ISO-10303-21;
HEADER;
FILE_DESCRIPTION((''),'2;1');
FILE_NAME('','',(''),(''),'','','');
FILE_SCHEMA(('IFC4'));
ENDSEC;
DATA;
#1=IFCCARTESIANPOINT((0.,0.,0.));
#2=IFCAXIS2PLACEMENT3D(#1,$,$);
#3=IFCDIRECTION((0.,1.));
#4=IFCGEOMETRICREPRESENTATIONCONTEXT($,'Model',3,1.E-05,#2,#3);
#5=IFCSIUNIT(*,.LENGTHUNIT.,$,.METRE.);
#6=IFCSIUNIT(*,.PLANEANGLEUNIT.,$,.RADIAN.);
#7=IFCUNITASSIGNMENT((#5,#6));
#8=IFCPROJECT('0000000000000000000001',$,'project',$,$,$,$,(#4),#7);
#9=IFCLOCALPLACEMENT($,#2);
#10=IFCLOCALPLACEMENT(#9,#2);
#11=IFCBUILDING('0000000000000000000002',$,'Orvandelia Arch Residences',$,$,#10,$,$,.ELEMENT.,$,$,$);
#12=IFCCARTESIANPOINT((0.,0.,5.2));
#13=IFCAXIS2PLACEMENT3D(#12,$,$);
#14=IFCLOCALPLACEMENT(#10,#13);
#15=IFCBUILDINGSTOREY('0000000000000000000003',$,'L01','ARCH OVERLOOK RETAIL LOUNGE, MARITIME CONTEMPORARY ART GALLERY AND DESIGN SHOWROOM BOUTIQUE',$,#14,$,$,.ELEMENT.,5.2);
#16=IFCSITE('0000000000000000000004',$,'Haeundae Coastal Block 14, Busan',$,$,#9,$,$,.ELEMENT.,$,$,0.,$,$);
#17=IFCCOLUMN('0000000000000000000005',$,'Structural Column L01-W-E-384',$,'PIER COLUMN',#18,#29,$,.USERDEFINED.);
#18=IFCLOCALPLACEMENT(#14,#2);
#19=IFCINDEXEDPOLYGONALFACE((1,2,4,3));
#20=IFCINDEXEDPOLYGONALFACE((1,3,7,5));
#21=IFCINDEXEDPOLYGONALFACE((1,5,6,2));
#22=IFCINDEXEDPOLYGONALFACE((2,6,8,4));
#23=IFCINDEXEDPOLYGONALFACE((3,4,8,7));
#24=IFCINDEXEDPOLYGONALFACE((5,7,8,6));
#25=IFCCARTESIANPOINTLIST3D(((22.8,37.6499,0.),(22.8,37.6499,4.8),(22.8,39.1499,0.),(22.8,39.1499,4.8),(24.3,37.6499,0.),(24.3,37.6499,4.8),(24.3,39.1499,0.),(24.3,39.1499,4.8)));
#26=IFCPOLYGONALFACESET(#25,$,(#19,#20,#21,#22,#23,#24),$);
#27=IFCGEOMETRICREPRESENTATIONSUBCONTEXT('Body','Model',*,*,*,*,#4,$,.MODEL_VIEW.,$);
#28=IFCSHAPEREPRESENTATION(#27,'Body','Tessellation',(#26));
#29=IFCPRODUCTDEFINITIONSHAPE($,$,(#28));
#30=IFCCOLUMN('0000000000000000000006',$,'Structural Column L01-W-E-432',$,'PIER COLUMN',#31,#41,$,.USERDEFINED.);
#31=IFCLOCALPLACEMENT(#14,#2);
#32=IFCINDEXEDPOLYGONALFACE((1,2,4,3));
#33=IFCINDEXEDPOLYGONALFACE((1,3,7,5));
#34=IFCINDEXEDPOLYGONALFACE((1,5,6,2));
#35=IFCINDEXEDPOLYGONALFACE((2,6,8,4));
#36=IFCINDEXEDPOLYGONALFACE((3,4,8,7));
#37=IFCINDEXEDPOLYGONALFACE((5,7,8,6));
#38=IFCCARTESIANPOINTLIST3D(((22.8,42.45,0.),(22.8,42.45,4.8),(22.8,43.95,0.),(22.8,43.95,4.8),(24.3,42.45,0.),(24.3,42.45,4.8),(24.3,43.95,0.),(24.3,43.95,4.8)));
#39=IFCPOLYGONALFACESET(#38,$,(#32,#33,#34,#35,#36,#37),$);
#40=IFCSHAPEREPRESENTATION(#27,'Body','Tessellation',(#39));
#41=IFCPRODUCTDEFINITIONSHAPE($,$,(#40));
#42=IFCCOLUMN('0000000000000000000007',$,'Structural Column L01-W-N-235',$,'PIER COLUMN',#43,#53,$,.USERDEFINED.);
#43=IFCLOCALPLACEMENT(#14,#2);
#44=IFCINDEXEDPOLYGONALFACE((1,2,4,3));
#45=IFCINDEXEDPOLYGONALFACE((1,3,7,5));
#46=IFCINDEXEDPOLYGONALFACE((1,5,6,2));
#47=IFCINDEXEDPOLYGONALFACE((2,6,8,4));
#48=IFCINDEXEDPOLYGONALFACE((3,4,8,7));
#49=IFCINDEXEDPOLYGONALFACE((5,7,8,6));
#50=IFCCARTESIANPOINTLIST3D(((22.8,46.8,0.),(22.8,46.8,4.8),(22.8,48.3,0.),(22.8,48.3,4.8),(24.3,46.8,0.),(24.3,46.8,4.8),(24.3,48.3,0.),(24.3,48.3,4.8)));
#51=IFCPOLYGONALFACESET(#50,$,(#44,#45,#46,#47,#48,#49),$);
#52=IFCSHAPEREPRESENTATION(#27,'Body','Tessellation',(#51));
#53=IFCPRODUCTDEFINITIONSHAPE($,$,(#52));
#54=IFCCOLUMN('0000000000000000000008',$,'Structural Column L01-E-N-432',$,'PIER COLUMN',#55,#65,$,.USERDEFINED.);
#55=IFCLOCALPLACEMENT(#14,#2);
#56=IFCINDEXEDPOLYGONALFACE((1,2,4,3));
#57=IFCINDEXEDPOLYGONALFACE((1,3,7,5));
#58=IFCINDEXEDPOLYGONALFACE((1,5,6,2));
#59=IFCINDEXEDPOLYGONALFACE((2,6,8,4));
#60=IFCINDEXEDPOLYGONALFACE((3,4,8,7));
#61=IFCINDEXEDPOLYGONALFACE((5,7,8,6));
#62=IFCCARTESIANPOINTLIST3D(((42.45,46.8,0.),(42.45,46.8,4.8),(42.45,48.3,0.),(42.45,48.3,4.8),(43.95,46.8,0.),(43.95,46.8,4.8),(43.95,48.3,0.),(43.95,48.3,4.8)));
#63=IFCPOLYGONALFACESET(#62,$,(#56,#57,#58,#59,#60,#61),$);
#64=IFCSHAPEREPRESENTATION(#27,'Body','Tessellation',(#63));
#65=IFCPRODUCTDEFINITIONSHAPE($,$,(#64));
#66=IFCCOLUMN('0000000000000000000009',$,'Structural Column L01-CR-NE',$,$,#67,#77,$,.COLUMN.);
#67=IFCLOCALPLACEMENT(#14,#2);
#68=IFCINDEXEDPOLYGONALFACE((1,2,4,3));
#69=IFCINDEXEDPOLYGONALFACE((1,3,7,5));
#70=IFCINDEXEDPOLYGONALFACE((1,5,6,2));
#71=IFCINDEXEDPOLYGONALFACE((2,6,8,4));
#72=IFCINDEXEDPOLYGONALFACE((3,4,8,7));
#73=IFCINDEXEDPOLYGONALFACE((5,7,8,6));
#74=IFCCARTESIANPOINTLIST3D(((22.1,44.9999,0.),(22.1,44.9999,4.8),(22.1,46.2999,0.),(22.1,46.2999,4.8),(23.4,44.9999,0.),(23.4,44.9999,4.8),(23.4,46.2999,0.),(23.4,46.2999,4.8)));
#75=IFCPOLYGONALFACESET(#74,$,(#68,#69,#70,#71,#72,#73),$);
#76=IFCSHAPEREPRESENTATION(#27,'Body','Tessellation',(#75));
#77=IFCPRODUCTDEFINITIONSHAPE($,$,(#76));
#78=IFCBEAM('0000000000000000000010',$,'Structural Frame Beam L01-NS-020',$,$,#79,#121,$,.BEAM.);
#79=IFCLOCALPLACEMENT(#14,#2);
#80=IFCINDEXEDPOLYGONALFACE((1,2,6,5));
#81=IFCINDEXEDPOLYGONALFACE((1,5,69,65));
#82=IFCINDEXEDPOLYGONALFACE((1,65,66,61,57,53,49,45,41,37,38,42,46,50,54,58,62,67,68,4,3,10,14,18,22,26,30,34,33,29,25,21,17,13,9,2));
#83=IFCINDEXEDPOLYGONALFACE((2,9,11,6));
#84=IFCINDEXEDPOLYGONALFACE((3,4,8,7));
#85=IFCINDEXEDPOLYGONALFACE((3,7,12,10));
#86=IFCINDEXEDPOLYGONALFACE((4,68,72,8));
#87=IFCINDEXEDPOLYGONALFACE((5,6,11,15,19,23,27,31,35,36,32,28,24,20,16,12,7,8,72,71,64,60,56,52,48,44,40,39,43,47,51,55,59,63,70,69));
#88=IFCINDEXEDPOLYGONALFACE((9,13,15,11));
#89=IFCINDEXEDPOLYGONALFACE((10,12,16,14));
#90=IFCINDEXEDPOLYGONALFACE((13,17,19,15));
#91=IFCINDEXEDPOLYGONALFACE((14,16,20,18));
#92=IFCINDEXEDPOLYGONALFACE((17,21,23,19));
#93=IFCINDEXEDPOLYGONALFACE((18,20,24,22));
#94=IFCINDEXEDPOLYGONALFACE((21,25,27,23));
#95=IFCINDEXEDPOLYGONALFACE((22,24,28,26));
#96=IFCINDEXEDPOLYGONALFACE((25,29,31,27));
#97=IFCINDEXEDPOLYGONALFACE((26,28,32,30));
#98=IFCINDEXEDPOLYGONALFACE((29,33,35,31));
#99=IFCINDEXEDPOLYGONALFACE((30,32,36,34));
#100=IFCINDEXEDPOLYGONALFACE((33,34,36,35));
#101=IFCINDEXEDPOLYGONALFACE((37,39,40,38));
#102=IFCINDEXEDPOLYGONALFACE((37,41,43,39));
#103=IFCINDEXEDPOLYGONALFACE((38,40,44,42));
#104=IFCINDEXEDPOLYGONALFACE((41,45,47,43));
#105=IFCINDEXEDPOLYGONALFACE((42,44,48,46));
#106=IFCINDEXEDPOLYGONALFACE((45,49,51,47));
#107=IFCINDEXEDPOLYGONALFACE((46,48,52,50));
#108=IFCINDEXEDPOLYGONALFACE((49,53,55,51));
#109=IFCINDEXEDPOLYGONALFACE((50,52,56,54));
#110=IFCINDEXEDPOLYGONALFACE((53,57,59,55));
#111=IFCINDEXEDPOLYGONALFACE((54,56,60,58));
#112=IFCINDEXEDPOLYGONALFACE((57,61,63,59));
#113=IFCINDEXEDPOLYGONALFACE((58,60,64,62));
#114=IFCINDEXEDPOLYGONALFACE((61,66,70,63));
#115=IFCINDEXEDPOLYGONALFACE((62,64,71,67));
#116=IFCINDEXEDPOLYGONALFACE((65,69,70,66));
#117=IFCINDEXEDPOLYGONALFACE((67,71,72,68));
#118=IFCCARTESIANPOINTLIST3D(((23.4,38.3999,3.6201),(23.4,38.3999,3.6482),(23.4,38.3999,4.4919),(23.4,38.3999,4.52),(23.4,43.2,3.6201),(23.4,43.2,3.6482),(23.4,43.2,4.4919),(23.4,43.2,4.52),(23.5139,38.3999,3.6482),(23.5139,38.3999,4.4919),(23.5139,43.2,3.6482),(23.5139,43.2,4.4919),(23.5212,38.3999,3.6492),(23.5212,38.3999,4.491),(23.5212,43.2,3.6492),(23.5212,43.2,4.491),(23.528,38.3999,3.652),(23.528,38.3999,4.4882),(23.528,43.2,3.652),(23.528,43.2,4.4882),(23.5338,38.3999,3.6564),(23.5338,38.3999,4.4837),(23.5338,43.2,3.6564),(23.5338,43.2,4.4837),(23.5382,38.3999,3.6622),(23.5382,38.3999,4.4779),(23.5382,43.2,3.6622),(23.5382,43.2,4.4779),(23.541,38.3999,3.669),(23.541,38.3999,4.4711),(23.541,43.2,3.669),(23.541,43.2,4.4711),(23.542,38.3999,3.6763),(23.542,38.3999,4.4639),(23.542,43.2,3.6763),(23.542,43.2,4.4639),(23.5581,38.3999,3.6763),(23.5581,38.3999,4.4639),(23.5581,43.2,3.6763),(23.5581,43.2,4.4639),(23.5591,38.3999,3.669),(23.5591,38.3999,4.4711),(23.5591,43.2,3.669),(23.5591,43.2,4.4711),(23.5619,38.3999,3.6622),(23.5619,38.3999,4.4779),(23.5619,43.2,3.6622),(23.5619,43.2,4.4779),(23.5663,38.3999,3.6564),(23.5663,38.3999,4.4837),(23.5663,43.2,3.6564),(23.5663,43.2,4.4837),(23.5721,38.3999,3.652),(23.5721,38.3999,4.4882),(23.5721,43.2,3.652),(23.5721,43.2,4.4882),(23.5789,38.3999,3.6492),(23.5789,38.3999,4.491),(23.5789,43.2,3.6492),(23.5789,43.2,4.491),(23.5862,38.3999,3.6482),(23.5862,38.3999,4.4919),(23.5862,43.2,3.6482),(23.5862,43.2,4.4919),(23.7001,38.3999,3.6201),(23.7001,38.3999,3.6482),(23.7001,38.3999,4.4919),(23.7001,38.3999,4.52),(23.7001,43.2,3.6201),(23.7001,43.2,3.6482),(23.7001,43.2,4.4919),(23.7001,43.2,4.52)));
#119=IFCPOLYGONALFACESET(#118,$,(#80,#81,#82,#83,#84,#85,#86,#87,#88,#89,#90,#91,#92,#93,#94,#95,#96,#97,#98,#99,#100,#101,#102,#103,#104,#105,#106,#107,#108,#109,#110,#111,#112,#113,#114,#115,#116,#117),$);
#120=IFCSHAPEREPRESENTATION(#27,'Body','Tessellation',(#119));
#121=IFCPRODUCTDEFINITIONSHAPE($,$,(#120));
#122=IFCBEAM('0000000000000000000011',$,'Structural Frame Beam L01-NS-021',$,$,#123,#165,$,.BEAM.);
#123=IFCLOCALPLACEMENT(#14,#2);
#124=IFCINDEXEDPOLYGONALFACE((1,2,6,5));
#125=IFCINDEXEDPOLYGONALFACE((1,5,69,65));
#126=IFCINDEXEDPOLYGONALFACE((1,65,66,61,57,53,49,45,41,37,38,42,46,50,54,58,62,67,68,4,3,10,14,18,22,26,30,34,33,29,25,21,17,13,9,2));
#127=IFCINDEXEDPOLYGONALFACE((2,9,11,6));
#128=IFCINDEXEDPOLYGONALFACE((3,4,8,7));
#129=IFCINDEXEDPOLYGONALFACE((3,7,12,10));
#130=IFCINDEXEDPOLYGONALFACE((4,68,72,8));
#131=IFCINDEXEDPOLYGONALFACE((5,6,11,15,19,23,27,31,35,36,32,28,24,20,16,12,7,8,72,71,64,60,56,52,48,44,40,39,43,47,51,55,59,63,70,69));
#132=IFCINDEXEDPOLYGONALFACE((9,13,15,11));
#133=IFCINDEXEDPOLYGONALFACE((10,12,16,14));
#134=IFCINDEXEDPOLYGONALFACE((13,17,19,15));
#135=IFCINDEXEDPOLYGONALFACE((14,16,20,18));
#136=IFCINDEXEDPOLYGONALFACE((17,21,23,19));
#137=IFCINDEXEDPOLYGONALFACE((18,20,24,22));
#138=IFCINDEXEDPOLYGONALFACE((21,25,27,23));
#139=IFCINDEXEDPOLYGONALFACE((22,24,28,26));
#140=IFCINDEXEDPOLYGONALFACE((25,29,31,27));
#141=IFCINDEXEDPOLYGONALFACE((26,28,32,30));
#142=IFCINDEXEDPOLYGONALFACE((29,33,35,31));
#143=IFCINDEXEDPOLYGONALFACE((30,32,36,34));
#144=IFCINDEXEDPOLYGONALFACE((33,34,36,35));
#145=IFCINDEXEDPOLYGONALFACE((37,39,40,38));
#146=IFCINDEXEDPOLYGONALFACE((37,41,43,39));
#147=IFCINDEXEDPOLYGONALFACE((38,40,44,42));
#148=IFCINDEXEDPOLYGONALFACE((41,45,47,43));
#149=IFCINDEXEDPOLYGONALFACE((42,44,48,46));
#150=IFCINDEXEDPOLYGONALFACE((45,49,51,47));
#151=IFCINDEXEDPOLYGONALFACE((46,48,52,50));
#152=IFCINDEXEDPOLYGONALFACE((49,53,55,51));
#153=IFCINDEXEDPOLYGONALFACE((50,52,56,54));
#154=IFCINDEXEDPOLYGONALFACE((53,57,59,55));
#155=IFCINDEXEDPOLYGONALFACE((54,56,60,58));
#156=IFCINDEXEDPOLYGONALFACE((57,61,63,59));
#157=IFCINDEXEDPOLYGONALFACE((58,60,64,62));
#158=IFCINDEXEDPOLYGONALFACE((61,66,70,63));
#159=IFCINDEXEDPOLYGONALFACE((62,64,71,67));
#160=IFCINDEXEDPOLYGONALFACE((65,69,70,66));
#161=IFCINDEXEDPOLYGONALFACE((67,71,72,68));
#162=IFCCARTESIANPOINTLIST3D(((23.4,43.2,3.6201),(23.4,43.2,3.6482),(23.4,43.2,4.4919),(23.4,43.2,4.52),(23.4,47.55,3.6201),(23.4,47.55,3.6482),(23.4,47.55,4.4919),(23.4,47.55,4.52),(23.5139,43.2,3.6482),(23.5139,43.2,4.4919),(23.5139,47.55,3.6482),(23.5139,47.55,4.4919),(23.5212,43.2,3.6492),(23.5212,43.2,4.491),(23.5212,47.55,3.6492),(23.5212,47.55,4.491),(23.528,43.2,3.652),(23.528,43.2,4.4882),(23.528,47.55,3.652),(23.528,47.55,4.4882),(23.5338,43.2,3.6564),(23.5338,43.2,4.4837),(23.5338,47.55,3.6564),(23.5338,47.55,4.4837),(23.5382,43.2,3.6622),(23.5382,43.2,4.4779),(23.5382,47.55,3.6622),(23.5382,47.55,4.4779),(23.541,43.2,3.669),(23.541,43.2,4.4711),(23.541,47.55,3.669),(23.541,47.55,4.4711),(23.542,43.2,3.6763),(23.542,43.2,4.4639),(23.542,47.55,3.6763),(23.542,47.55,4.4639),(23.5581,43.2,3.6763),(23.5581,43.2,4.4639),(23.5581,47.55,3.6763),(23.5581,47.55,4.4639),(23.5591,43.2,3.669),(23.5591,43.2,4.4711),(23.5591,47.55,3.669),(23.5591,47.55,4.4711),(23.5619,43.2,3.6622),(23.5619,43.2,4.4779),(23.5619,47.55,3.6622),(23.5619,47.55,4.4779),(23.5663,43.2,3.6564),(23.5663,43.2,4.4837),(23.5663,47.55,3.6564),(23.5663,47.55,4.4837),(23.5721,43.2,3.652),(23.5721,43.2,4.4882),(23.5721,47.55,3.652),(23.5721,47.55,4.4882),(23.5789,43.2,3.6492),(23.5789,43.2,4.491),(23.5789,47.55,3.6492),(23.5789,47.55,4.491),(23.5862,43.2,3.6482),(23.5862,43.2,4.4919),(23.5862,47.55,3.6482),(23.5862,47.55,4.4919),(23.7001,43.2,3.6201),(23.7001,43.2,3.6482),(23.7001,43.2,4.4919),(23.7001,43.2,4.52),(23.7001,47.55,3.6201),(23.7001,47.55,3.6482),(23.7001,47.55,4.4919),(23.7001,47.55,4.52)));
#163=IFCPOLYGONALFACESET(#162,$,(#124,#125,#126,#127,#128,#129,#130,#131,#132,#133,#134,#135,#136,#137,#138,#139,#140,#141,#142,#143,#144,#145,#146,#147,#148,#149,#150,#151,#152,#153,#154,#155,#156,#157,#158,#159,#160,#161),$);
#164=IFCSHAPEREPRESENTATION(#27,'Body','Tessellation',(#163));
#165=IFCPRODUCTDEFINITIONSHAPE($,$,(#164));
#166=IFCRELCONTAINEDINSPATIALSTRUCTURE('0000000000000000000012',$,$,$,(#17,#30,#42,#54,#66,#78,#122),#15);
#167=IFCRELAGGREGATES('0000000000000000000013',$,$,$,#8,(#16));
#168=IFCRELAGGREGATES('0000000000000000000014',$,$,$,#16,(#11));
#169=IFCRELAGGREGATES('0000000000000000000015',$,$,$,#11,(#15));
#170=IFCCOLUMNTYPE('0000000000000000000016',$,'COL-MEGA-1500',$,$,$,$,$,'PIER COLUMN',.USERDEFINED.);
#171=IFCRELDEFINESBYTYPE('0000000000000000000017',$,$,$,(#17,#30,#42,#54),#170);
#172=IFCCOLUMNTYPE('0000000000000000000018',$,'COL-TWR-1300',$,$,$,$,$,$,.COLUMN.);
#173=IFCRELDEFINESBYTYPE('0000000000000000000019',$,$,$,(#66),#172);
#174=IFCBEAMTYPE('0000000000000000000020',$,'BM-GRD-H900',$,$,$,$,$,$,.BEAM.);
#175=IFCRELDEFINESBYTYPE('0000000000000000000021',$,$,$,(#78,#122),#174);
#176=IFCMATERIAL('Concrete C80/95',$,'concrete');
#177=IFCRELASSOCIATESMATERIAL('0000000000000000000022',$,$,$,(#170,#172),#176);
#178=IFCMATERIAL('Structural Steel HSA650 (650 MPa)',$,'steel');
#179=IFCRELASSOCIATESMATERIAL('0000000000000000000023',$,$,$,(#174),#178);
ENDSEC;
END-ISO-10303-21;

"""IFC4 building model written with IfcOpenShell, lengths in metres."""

from ifc_helpers import new_model, si_unit, direction, frame, origin, origin_2d, place, context, subcontext, project, spatial, rectangle, i_section, extrude, material, material_profile, profile_set, type_object, element, save


model = new_model("IFC4")

# Units and contexts
model_context = context("Model", 3, precision=1e-05, world=origin(), true_north=direction((0.0, 1.0)))
body_context = subcontext(model_context, "Body", "Model", "MODEL_VIEW")
ifc_project = project(units=[si_unit("LENGTHUNIT", "METRE"), si_unit("PLANEANGLEUNIT", "RADIAN")], contexts=[model_context])

# Site, building, storey
site_placement = place(None, origin())
site = spatial("IfcSite", under=ifc_project, at=site_placement, Name="Haeundae Coastal Block 14, Busan", CompositionType="ELEMENT", RefElevation=0.0)
building_placement = place(site_placement, origin())
building = spatial("IfcBuilding", under=site, at=building_placement, Name="Orvandelia Arch Residences", CompositionType="ELEMENT")
storey_placement = place(building_placement, frame((0.0, 0.0, 5.2)))
storey = spatial("IfcBuildingStorey", under=building, at=storey_placement, Name="L01", Description="ARCH OVERLOOK RETAIL LOUNGE, MARITIME CONTEMPORARY ART GALLERY AND DESIGN SHOWROOM BOUTIQUE", CompositionType="ELEMENT", Elevation=5.2)

# Columns
ifc_material_1 = material(Name="Concrete C80/95", Category="concrete")
ifc_material_profile_1 = material_profile(ifc_material_1, rectangle(XDim=1.5, YDim=1.5, at=origin_2d()), Name="Concrete C80/95", Category="concrete")
ifc_profile_set_1 = profile_set([ifc_material_profile_1], Name="Concrete C80/95")
column_type_1 = type_object("IfcColumnType", Name="COL-MEGA-1500", ElementType="PIER COLUMN", PredefinedType="USERDEFINED", material=ifc_profile_set_1)
for number, where, z_axis, x_axis, name in (
    (1, (23.55, 38.3999, 0.0), (0.0, 0.0, 1.0), (1.0, 0.0, 0.0), "Structural Column L01-W-E-384"),
    (2, (23.55, 43.2, 0.0), (0.0, 0.0, 1.0), (1.0, 0.0, 0.0), "Structural Column L01-W-E-432"),
    (3, (23.55, 47.55, 0.0), (0.0, 0.0, 1.0), (1.0, 0.0, 0.0), "Structural Column L01-W-N-235"),
    (4, (43.2, 47.55, 0.0), (0.0, 0.0, 1.0), (1.0, 0.0, 0.0), "Structural Column L01-E-N-432"),
):
    element("IfcColumn", number, at=place(storey_placement, frame(where, z_axis=z_axis, x_axis=x_axis)), inside=storey, type_object=column_type_1, Name=name, ObjectType="PIER COLUMN", PredefinedType="USERDEFINED", context=body_context, shape_type="SweptSolid", body=[
        extrude(rectangle(XDim=1.5, YDim=1.5, at=origin_2d()), origin(), (0.0, 0.0, 1.0), 4.8),
    ])
ifc_material_profile_2 = material_profile(ifc_material_1, rectangle(XDim=1.3, YDim=1.3, at=origin_2d()), Name="Concrete C80/95", Category="concrete")
ifc_profile_set_2 = profile_set([ifc_material_profile_2], Name="Concrete C80/95")
column_type_2 = type_object("IfcColumnType", Name="COL-TWR-1300", PredefinedType="COLUMN", material=ifc_profile_set_2)
column_placement = place(storey_placement, frame((22.75, 45.6499, 0.0), z_axis=(0.0, 0.0, 1.0), x_axis=(1.0, 0.0, 0.0)))
element("IfcColumn", 5, at=column_placement, inside=storey, type_object=column_type_2, Name="Structural Column L01-CR-NE", PredefinedType="COLUMN", context=body_context, shape_type="SweptSolid", body=[
    extrude(rectangle(XDim=1.3, YDim=1.3, at=origin_2d()), origin(), (0.0, 0.0, 1.0), 4.8),
])

# Beams
ifc_material_2 = material(Name="Structural Steel HSA650 (650 MPa)", Category="steel")
ifc_material_profile_3 = material_profile(ifc_material_2, i_section(OverallWidth=0.3, OverallDepth=0.8999, WebThickness=0.0161, FlangeThickness=0.0281, FilletRadius=0.0281, at=origin_2d()), Name="Structural Steel HSA650 (650 MPa)", Category="steel")
ifc_profile_set_3 = profile_set([ifc_material_profile_3], Name="Structural Steel HSA650 (650 MPa)")
beam_type = type_object("IfcBeamType", Name="BM-GRD-H900", PredefinedType="BEAM", material=ifc_profile_set_3)
beam_1_placement = place(storey_placement, frame((23.55, 38.3999, 4.0701), z_axis=(0.0, 1.0, 0.0), x_axis=(-1.0, 0.0, 0.0)))
element("IfcBeam", 6, at=beam_1_placement, inside=storey, type_object=beam_type, Name="Structural Frame Beam L01-NS-020", PredefinedType="BEAM", context=body_context, shape_type="SweptSolid", body=[
    extrude(i_section(OverallWidth=0.3, OverallDepth=0.8999, WebThickness=0.0161, FlangeThickness=0.0281, FilletRadius=0.0281, at=origin_2d()), origin(), (0.0, 0.0, 1.0), 4.8),
])
beam_2_placement = place(storey_placement, frame((23.55, 43.2, 4.0701), z_axis=(0.0, 1.0, 0.0), x_axis=(-1.0, 0.0, 0.0)))
element("IfcBeam", 7, at=beam_2_placement, inside=storey, type_object=beam_type, Name="Structural Frame Beam L01-NS-021", PredefinedType="BEAM", context=body_context, shape_type="SweptSolid", body=[
    extrude(i_section(OverallWidth=0.3, OverallDepth=0.8999, WebThickness=0.0161, FlangeThickness=0.0281, FilletRadius=0.0281, at=origin_2d()), origin(), (0.0, 0.0, 1.0), 4.3501),
])

save(model, "model.ifc")
